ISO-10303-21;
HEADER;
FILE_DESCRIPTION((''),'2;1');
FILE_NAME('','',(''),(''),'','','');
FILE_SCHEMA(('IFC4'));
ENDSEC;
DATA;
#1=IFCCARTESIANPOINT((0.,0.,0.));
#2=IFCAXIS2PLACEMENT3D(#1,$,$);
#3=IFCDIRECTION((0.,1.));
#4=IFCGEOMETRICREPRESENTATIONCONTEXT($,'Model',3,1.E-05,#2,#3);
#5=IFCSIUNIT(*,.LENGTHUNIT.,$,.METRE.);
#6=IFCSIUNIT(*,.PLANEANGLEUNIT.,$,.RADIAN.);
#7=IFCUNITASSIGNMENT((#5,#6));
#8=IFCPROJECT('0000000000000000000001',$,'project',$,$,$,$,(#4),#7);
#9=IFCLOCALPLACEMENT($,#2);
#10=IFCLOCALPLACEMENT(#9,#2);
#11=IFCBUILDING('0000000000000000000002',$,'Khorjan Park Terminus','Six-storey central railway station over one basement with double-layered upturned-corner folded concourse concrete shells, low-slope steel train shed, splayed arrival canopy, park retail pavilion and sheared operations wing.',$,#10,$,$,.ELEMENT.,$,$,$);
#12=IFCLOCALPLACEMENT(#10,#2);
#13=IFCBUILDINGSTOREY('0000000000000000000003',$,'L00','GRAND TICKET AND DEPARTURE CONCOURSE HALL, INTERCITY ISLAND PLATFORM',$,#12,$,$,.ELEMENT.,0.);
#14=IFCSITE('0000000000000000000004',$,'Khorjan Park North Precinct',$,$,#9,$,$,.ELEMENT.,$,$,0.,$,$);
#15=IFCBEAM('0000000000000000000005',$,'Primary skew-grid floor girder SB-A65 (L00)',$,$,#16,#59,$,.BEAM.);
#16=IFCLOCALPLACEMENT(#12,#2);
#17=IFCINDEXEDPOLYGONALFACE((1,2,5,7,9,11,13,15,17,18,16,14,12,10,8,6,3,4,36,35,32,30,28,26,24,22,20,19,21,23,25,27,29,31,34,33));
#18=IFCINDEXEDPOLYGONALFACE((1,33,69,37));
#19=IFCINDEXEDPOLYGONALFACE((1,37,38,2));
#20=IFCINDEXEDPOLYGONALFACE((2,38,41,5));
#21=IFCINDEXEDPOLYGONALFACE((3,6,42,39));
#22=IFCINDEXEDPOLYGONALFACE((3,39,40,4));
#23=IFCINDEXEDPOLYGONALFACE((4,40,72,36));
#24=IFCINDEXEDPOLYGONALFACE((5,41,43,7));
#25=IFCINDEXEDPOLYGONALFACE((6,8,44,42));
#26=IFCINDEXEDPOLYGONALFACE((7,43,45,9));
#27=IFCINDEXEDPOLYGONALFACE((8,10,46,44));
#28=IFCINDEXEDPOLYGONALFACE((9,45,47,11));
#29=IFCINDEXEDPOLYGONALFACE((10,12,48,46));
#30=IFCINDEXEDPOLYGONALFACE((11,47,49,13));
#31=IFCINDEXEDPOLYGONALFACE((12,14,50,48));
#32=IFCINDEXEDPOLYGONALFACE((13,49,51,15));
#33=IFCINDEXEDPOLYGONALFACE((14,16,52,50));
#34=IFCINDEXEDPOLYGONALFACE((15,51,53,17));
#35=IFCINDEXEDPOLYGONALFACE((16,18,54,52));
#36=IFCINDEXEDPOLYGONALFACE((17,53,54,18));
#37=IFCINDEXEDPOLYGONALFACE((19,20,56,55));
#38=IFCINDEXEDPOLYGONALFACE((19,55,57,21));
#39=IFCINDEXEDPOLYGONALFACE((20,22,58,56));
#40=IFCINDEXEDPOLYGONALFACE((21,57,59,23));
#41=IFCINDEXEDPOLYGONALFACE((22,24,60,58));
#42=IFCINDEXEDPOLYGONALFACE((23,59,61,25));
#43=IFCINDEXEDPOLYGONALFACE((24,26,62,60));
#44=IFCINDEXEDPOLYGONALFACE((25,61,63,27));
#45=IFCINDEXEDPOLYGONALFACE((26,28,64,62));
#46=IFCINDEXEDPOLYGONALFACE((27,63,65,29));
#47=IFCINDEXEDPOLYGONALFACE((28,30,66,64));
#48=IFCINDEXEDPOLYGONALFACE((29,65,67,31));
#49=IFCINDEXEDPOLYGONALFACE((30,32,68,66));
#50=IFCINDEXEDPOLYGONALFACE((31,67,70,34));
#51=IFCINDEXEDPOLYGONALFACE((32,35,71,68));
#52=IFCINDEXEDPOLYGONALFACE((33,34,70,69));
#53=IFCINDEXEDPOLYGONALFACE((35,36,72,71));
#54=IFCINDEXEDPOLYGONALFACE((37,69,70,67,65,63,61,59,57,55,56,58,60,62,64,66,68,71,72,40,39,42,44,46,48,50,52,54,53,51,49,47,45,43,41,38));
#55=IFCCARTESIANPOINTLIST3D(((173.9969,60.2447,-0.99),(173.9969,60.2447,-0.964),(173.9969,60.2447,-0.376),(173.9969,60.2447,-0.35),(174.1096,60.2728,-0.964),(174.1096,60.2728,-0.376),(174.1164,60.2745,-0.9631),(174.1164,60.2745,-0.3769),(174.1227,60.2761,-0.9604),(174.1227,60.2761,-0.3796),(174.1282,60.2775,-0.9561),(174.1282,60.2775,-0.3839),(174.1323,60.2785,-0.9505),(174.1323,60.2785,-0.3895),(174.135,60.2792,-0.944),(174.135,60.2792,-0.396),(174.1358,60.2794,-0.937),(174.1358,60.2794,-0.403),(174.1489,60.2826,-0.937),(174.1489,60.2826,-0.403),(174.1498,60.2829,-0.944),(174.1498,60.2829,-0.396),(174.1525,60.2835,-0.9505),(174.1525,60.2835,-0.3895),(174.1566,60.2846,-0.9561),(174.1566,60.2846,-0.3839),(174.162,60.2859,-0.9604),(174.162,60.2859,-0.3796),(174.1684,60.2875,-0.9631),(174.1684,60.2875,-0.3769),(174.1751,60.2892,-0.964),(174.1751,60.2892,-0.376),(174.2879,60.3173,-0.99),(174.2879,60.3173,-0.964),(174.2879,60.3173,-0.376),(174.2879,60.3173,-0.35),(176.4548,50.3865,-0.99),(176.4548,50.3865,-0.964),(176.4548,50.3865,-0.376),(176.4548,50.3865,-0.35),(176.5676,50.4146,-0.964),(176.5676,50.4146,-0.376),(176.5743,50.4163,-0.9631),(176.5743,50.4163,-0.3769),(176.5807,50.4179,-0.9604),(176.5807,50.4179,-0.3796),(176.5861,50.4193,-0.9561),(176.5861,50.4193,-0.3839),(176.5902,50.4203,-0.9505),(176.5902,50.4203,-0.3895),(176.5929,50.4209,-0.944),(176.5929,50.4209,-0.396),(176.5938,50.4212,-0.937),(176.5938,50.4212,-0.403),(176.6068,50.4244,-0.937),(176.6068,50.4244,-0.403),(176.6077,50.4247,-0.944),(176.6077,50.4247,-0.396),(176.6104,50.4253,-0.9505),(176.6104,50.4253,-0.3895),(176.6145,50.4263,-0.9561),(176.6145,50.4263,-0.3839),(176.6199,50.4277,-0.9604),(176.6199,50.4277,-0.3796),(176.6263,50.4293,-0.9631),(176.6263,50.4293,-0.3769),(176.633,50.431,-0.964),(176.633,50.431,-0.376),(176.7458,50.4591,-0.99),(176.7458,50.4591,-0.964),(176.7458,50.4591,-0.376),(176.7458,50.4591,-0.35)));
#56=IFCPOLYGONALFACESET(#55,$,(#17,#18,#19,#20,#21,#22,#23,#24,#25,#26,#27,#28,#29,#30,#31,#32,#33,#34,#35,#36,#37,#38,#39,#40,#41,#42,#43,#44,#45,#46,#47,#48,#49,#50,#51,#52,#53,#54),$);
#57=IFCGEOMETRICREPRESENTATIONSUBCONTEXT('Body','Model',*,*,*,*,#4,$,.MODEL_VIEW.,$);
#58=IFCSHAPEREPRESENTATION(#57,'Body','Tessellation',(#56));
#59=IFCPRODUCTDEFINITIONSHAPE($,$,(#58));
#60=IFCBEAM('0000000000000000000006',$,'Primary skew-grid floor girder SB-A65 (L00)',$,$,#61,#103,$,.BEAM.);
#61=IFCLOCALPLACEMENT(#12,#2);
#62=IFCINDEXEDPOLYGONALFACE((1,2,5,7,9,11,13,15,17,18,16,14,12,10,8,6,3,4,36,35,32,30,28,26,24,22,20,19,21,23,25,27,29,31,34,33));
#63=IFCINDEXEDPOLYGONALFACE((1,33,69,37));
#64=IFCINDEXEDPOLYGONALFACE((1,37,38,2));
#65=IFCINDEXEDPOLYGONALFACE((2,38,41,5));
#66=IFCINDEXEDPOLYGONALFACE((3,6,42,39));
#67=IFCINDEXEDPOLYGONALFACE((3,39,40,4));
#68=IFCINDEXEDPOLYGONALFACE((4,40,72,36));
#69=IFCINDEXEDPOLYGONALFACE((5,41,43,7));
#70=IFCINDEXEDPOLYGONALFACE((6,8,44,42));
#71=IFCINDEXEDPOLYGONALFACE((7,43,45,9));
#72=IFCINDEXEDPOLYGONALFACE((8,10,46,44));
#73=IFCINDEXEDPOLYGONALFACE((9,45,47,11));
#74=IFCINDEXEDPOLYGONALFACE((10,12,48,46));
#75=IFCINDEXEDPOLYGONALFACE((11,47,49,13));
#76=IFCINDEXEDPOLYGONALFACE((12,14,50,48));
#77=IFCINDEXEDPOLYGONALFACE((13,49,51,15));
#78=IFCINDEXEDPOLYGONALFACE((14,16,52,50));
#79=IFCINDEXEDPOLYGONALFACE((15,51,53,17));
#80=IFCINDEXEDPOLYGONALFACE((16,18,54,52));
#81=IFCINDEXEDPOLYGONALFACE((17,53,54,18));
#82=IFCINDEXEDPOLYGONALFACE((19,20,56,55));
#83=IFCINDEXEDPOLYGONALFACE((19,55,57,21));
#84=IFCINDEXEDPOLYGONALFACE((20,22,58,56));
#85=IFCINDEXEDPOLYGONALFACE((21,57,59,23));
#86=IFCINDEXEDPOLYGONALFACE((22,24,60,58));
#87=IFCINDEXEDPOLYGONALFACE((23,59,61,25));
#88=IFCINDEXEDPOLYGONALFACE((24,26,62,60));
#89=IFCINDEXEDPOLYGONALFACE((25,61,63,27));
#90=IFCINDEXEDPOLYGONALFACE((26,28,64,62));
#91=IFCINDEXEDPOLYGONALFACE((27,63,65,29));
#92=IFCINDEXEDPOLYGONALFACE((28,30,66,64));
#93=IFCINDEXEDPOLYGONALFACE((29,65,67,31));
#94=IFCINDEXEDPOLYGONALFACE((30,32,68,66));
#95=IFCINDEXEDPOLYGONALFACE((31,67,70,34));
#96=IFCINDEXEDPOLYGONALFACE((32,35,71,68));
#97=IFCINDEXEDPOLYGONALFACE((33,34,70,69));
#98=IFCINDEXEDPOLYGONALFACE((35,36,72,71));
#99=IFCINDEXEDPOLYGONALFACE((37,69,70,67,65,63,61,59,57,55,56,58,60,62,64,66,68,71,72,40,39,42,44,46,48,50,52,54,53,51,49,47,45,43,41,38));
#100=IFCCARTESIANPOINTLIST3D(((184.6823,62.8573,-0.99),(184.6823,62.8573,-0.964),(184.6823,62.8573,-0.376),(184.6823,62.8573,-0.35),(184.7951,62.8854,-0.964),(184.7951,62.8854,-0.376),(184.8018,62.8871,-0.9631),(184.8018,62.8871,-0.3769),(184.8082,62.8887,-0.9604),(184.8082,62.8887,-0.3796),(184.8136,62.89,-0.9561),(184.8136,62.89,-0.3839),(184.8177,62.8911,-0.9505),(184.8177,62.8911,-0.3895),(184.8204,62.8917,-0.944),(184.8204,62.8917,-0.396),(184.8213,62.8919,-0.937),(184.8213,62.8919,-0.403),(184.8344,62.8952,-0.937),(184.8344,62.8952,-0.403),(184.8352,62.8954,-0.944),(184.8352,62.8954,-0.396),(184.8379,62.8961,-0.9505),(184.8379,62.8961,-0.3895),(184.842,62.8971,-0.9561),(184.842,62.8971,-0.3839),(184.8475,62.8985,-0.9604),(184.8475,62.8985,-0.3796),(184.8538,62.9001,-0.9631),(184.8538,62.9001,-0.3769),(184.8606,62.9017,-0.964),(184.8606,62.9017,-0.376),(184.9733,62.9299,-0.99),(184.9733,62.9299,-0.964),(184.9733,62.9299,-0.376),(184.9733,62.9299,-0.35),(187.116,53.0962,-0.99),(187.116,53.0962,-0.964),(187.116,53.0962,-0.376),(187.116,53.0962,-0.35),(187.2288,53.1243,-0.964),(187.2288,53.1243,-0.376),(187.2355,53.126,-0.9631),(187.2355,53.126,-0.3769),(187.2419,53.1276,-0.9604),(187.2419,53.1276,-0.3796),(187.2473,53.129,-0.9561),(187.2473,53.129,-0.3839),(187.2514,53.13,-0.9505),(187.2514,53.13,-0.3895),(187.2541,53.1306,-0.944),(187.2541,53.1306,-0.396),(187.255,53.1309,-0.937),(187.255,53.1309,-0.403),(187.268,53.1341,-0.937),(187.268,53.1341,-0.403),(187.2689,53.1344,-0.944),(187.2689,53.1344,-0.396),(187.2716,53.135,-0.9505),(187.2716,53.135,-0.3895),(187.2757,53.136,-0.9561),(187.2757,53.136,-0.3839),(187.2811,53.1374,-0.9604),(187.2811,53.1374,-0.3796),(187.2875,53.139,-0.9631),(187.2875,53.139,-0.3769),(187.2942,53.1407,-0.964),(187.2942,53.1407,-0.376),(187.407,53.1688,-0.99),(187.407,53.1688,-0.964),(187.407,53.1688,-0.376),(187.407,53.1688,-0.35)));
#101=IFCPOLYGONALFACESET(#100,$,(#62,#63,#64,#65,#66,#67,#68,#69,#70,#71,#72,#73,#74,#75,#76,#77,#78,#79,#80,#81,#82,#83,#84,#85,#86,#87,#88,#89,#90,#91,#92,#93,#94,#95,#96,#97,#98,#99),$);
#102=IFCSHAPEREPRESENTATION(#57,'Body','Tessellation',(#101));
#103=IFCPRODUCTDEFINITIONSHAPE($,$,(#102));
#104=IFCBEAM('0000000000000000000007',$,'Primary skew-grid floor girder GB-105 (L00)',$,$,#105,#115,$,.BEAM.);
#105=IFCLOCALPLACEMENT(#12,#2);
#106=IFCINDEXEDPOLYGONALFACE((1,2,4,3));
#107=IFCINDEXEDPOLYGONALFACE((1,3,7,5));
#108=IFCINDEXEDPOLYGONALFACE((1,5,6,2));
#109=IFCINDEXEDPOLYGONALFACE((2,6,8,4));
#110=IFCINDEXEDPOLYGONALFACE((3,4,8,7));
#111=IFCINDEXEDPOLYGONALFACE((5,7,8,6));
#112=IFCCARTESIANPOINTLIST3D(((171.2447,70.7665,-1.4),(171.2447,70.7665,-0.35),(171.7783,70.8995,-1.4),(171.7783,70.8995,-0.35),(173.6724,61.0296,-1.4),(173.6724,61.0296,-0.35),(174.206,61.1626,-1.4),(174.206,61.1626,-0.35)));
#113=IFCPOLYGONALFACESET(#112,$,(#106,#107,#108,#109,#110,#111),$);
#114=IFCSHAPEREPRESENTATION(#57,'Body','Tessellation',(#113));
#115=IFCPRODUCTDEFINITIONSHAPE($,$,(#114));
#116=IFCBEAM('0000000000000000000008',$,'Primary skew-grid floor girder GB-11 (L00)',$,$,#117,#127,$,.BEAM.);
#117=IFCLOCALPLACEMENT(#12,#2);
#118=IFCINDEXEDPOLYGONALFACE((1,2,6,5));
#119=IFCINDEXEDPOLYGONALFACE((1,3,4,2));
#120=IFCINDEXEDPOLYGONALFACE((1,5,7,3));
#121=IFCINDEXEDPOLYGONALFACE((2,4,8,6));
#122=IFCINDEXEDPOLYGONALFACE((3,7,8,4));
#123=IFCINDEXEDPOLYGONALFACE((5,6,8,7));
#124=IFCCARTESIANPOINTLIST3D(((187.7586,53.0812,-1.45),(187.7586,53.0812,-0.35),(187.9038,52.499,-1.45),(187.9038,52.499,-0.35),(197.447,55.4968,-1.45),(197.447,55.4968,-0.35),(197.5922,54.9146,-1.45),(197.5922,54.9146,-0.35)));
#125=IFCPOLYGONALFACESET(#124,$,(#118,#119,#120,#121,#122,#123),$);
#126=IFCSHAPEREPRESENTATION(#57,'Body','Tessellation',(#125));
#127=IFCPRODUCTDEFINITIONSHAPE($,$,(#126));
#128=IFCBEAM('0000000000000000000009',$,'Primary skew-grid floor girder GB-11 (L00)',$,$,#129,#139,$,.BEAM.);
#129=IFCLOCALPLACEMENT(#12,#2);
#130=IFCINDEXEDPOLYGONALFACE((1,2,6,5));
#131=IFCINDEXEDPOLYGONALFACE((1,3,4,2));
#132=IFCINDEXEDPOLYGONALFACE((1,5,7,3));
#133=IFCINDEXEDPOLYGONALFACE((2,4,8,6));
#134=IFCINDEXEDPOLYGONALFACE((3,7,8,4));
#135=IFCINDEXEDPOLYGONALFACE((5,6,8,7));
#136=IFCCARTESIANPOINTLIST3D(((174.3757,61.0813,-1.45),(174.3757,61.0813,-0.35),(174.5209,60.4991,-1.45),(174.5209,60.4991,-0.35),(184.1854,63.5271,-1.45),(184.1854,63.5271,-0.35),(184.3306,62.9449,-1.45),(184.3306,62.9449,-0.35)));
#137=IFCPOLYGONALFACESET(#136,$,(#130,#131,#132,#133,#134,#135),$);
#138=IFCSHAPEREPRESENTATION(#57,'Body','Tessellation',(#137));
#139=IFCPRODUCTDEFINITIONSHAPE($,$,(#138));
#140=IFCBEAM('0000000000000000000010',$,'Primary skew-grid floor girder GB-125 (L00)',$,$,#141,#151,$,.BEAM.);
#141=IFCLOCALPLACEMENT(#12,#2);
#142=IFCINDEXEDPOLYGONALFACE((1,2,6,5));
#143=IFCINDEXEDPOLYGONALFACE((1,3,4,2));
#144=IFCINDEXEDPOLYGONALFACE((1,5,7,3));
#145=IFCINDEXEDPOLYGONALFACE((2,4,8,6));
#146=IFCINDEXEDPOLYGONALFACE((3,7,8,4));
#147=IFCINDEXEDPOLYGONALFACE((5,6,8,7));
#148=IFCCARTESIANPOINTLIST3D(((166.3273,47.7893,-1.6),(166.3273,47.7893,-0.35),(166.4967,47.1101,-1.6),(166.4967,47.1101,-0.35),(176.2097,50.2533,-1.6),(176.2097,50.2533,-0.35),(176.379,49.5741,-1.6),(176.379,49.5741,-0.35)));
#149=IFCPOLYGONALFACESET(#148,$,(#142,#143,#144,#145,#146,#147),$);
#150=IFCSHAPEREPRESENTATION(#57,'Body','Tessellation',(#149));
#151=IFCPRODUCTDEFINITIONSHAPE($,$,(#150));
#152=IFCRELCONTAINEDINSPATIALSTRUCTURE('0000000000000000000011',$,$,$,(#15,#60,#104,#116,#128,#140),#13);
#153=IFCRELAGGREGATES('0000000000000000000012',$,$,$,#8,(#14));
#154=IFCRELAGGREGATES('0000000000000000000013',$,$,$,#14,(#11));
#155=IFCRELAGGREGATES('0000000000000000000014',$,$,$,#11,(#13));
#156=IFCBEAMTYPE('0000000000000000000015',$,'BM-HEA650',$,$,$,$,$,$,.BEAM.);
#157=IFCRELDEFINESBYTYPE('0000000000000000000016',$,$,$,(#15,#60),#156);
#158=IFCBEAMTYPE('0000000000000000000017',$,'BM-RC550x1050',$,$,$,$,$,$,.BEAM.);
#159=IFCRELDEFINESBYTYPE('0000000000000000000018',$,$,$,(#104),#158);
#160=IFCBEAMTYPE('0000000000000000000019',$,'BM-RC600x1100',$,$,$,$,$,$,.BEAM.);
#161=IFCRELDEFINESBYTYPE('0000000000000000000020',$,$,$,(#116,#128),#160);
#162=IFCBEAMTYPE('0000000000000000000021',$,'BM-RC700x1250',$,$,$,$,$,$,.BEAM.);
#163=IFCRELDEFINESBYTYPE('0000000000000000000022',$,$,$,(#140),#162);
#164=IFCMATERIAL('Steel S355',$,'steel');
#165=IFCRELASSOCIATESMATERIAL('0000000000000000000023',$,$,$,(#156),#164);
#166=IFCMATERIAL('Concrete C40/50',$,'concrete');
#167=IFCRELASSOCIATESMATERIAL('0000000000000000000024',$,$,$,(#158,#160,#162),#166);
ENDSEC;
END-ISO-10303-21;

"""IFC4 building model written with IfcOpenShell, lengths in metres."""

from ifc_helpers import new_model, si_unit, direction, frame, origin, origin_2d, place, context, subcontext, project, spatial, rectangle, i_section, extrude, material, material_profile, profile_set, type_object, element, save


model = new_model("IFC4")

# Units and contexts
model_context = context("Model", 3, precision=1e-05, world=origin(), true_north=direction((0.0, 1.0)))
body_context = subcontext(model_context, "Body", "Model", "MODEL_VIEW")
ifc_project = project(units=[si_unit("LENGTHUNIT", "METRE"), si_unit("PLANEANGLEUNIT", "RADIAN")], contexts=[model_context])

# Site, building, storey
site_placement = place(None, origin())
site = spatial("IfcSite", under=ifc_project, at=site_placement, Name="Khorjan Park North Precinct", CompositionType="ELEMENT", RefElevation=0.0)
building_placement = place(site_placement, origin())
building = spatial("IfcBuilding", under=site, at=building_placement, Name="Khorjan Park Terminus", Description="Six-storey central railway station over one basement with double-layered upturned-corner folded concourse concrete shells, low-slope steel train shed, splayed arrival canopy, park retail pavilion and sheared operations wing.", CompositionType="ELEMENT")
storey_placement = place(building_placement, origin())
storey = spatial("IfcBuildingStorey", under=building, at=storey_placement, Name="L00", Description="GRAND TICKET AND DEPARTURE CONCOURSE HALL, INTERCITY ISLAND PLATFORM", CompositionType="ELEMENT", Elevation=0.0)

# Shared definitions
ifc_material_1 = material(Name="Concrete C40/50", Category="concrete")

# Beams
ifc_material_2 = material(Name="Steel S355", Category="steel")
ifc_material_profile_1 = material_profile(ifc_material_2, i_section(OverallWidth=0.3, OverallDepth=0.64, WebThickness=0.0135, FlangeThickness=0.026, FilletRadius=0.027, at=origin_2d()), Name="HEA 650")
ifc_profile_set_1 = profile_set([ifc_material_profile_1], Name="Steel S355")
beam_type_1 = type_object("IfcBeamType", Name="BM-HEA650", PredefinedType="BEAM", material=ifc_profile_set_1)
beam_1_placement = place(storey_placement, frame((176.6003, 50.4228, -0.67), z_axis=(-0.24192, 0.970296, 0.0), x_axis=(-0.970296, -0.24192, 0.0)))
element("IfcBeam", 1, at=beam_1_placement, inside=storey, type_object=beam_type_1, Name="Primary skew-grid floor girder SB-A65 (L00)", PredefinedType="BEAM", context=body_context, shape_type="SweptSolid", body=[
    extrude(i_section(OverallWidth=0.3, OverallDepth=0.64, WebThickness=0.0135, FlangeThickness=0.026, FilletRadius=0.027, at=origin_2d()), origin(), (0.0, 0.0, 1.0), 10.16),
])
beam_2_placement = place(storey_placement, frame((187.2615, 53.1325, -0.67), z_axis=(-0.24192, 0.970296, 0.0), x_axis=(-0.970296, -0.24192, 0.0)))
element("IfcBeam", 2, at=beam_2_placement, inside=storey, type_object=beam_type_1, Name="Primary skew-grid floor girder SB-A65 (L00)", PredefinedType="BEAM", context=body_context, shape_type="SweptSolid", body=[
    extrude(i_section(OverallWidth=0.3, OverallDepth=0.64, WebThickness=0.0135, FlangeThickness=0.026, FilletRadius=0.027, at=origin_2d()), origin(), (0.0, 0.0, 1.0), 10.0599),
])
ifc_material_profile_2 = material_profile(ifc_material_1, rectangle(XDim=0.55, YDim=1.05, at=origin_2d()), Name="RC 550x1050")
ifc_profile_set_2 = profile_set([ifc_material_profile_2], Name="Concrete C40/50")
beam_type_2 = type_object("IfcBeamType", Name="BM-RC550x1050", PredefinedType="BEAM", material=ifc_profile_set_2)
beam_3_placement = place(storey_placement, frame((173.9392, 61.0961, -0.875), z_axis=(-0.241924, 0.970295, 0.0), x_axis=(-0.970295, -0.241924, 0.0)))
element("IfcBeam", 3, at=beam_3_placement, inside=storey, type_object=beam_type_2, Name="Primary skew-grid floor girder GB-105 (L00)", PredefinedType="BEAM", context=body_context, shape_type="SweptSolid", body=[
    extrude(rectangle(XDim=0.55, YDim=1.05, at=origin_2d()), origin(), (0.0, 0.0, 1.0), 10.035),
])
ifc_material_profile_3 = material_profile(ifc_material_1, rectangle(XDim=0.6, YDim=1.1, at=origin_2d()), Name="RC 600x1100")
ifc_profile_set_3 = profile_set([ifc_material_profile_3], Name="Concrete C40/50")
beam_type_3 = type_object("IfcBeamType", Name="BM-RC600x1100", PredefinedType="BEAM", material=ifc_profile_set_3)
beam_4_placement = place(storey_placement, frame((187.8312, 52.7901, -0.9), z_axis=(0.970295, 0.241923, 0.0), x_axis=(-0.241923, 0.970295, 0.0)))
element("IfcBeam", 4, at=beam_4_placement, inside=storey, type_object=beam_type_3, Name="Primary skew-grid floor girder GB-11 (L00)", PredefinedType="BEAM", context=body_context, shape_type="SweptSolid", body=[
    extrude(rectangle(XDim=0.6, YDim=1.1, at=origin_2d()), origin(), (0.0, 0.0, 1.0), 9.985),
])
beam_5_placement = place(storey_placement, frame((174.4483, 60.7902, -0.9), z_axis=(0.970296, 0.241919, 0.0), x_axis=(-0.241919, 0.970296, 0.0)))
element("IfcBeam", 5, at=beam_5_placement, inside=storey, type_object=beam_type_3, Name="Primary skew-grid floor girder GB-11 (L00)", PredefinedType="BEAM", context=body_context, shape_type="SweptSolid", body=[
    extrude(rectangle(XDim=0.6, YDim=1.1, at=origin_2d()), origin(), (0.0, 0.0, 1.0), 10.11),
])
ifc_material_profile_4 = material_profile(ifc_material_1, rectangle(XDim=0.7, YDim=1.25, at=origin_2d()), Name="RC 700x1250")
ifc_profile_set_4 = profile_set([ifc_material_profile_4], Name="Concrete C40/50")
beam_type_4 = type_object("IfcBeamType", Name="BM-RC700x1250", PredefinedType="BEAM", material=ifc_profile_set_4)
beam_6_placement = place(storey_placement, frame((166.412, 47.4497, -0.975), z_axis=(0.970295, 0.241926, 0.0), x_axis=(-0.241926, 0.970295, 0.0)))
element("IfcBeam", 6, at=beam_6_placement, inside=storey, type_object=beam_type_4, Name="Primary skew-grid floor girder GB-125 (L00)", PredefinedType="BEAM", context=body_context, shape_type="SweptSolid", body=[
    extrude(rectangle(XDim=0.7, YDim=1.25, at=origin_2d()), origin(), (0.0, 0.0, 1.0), 10.1849),
])

save(model, "model.ifc")
